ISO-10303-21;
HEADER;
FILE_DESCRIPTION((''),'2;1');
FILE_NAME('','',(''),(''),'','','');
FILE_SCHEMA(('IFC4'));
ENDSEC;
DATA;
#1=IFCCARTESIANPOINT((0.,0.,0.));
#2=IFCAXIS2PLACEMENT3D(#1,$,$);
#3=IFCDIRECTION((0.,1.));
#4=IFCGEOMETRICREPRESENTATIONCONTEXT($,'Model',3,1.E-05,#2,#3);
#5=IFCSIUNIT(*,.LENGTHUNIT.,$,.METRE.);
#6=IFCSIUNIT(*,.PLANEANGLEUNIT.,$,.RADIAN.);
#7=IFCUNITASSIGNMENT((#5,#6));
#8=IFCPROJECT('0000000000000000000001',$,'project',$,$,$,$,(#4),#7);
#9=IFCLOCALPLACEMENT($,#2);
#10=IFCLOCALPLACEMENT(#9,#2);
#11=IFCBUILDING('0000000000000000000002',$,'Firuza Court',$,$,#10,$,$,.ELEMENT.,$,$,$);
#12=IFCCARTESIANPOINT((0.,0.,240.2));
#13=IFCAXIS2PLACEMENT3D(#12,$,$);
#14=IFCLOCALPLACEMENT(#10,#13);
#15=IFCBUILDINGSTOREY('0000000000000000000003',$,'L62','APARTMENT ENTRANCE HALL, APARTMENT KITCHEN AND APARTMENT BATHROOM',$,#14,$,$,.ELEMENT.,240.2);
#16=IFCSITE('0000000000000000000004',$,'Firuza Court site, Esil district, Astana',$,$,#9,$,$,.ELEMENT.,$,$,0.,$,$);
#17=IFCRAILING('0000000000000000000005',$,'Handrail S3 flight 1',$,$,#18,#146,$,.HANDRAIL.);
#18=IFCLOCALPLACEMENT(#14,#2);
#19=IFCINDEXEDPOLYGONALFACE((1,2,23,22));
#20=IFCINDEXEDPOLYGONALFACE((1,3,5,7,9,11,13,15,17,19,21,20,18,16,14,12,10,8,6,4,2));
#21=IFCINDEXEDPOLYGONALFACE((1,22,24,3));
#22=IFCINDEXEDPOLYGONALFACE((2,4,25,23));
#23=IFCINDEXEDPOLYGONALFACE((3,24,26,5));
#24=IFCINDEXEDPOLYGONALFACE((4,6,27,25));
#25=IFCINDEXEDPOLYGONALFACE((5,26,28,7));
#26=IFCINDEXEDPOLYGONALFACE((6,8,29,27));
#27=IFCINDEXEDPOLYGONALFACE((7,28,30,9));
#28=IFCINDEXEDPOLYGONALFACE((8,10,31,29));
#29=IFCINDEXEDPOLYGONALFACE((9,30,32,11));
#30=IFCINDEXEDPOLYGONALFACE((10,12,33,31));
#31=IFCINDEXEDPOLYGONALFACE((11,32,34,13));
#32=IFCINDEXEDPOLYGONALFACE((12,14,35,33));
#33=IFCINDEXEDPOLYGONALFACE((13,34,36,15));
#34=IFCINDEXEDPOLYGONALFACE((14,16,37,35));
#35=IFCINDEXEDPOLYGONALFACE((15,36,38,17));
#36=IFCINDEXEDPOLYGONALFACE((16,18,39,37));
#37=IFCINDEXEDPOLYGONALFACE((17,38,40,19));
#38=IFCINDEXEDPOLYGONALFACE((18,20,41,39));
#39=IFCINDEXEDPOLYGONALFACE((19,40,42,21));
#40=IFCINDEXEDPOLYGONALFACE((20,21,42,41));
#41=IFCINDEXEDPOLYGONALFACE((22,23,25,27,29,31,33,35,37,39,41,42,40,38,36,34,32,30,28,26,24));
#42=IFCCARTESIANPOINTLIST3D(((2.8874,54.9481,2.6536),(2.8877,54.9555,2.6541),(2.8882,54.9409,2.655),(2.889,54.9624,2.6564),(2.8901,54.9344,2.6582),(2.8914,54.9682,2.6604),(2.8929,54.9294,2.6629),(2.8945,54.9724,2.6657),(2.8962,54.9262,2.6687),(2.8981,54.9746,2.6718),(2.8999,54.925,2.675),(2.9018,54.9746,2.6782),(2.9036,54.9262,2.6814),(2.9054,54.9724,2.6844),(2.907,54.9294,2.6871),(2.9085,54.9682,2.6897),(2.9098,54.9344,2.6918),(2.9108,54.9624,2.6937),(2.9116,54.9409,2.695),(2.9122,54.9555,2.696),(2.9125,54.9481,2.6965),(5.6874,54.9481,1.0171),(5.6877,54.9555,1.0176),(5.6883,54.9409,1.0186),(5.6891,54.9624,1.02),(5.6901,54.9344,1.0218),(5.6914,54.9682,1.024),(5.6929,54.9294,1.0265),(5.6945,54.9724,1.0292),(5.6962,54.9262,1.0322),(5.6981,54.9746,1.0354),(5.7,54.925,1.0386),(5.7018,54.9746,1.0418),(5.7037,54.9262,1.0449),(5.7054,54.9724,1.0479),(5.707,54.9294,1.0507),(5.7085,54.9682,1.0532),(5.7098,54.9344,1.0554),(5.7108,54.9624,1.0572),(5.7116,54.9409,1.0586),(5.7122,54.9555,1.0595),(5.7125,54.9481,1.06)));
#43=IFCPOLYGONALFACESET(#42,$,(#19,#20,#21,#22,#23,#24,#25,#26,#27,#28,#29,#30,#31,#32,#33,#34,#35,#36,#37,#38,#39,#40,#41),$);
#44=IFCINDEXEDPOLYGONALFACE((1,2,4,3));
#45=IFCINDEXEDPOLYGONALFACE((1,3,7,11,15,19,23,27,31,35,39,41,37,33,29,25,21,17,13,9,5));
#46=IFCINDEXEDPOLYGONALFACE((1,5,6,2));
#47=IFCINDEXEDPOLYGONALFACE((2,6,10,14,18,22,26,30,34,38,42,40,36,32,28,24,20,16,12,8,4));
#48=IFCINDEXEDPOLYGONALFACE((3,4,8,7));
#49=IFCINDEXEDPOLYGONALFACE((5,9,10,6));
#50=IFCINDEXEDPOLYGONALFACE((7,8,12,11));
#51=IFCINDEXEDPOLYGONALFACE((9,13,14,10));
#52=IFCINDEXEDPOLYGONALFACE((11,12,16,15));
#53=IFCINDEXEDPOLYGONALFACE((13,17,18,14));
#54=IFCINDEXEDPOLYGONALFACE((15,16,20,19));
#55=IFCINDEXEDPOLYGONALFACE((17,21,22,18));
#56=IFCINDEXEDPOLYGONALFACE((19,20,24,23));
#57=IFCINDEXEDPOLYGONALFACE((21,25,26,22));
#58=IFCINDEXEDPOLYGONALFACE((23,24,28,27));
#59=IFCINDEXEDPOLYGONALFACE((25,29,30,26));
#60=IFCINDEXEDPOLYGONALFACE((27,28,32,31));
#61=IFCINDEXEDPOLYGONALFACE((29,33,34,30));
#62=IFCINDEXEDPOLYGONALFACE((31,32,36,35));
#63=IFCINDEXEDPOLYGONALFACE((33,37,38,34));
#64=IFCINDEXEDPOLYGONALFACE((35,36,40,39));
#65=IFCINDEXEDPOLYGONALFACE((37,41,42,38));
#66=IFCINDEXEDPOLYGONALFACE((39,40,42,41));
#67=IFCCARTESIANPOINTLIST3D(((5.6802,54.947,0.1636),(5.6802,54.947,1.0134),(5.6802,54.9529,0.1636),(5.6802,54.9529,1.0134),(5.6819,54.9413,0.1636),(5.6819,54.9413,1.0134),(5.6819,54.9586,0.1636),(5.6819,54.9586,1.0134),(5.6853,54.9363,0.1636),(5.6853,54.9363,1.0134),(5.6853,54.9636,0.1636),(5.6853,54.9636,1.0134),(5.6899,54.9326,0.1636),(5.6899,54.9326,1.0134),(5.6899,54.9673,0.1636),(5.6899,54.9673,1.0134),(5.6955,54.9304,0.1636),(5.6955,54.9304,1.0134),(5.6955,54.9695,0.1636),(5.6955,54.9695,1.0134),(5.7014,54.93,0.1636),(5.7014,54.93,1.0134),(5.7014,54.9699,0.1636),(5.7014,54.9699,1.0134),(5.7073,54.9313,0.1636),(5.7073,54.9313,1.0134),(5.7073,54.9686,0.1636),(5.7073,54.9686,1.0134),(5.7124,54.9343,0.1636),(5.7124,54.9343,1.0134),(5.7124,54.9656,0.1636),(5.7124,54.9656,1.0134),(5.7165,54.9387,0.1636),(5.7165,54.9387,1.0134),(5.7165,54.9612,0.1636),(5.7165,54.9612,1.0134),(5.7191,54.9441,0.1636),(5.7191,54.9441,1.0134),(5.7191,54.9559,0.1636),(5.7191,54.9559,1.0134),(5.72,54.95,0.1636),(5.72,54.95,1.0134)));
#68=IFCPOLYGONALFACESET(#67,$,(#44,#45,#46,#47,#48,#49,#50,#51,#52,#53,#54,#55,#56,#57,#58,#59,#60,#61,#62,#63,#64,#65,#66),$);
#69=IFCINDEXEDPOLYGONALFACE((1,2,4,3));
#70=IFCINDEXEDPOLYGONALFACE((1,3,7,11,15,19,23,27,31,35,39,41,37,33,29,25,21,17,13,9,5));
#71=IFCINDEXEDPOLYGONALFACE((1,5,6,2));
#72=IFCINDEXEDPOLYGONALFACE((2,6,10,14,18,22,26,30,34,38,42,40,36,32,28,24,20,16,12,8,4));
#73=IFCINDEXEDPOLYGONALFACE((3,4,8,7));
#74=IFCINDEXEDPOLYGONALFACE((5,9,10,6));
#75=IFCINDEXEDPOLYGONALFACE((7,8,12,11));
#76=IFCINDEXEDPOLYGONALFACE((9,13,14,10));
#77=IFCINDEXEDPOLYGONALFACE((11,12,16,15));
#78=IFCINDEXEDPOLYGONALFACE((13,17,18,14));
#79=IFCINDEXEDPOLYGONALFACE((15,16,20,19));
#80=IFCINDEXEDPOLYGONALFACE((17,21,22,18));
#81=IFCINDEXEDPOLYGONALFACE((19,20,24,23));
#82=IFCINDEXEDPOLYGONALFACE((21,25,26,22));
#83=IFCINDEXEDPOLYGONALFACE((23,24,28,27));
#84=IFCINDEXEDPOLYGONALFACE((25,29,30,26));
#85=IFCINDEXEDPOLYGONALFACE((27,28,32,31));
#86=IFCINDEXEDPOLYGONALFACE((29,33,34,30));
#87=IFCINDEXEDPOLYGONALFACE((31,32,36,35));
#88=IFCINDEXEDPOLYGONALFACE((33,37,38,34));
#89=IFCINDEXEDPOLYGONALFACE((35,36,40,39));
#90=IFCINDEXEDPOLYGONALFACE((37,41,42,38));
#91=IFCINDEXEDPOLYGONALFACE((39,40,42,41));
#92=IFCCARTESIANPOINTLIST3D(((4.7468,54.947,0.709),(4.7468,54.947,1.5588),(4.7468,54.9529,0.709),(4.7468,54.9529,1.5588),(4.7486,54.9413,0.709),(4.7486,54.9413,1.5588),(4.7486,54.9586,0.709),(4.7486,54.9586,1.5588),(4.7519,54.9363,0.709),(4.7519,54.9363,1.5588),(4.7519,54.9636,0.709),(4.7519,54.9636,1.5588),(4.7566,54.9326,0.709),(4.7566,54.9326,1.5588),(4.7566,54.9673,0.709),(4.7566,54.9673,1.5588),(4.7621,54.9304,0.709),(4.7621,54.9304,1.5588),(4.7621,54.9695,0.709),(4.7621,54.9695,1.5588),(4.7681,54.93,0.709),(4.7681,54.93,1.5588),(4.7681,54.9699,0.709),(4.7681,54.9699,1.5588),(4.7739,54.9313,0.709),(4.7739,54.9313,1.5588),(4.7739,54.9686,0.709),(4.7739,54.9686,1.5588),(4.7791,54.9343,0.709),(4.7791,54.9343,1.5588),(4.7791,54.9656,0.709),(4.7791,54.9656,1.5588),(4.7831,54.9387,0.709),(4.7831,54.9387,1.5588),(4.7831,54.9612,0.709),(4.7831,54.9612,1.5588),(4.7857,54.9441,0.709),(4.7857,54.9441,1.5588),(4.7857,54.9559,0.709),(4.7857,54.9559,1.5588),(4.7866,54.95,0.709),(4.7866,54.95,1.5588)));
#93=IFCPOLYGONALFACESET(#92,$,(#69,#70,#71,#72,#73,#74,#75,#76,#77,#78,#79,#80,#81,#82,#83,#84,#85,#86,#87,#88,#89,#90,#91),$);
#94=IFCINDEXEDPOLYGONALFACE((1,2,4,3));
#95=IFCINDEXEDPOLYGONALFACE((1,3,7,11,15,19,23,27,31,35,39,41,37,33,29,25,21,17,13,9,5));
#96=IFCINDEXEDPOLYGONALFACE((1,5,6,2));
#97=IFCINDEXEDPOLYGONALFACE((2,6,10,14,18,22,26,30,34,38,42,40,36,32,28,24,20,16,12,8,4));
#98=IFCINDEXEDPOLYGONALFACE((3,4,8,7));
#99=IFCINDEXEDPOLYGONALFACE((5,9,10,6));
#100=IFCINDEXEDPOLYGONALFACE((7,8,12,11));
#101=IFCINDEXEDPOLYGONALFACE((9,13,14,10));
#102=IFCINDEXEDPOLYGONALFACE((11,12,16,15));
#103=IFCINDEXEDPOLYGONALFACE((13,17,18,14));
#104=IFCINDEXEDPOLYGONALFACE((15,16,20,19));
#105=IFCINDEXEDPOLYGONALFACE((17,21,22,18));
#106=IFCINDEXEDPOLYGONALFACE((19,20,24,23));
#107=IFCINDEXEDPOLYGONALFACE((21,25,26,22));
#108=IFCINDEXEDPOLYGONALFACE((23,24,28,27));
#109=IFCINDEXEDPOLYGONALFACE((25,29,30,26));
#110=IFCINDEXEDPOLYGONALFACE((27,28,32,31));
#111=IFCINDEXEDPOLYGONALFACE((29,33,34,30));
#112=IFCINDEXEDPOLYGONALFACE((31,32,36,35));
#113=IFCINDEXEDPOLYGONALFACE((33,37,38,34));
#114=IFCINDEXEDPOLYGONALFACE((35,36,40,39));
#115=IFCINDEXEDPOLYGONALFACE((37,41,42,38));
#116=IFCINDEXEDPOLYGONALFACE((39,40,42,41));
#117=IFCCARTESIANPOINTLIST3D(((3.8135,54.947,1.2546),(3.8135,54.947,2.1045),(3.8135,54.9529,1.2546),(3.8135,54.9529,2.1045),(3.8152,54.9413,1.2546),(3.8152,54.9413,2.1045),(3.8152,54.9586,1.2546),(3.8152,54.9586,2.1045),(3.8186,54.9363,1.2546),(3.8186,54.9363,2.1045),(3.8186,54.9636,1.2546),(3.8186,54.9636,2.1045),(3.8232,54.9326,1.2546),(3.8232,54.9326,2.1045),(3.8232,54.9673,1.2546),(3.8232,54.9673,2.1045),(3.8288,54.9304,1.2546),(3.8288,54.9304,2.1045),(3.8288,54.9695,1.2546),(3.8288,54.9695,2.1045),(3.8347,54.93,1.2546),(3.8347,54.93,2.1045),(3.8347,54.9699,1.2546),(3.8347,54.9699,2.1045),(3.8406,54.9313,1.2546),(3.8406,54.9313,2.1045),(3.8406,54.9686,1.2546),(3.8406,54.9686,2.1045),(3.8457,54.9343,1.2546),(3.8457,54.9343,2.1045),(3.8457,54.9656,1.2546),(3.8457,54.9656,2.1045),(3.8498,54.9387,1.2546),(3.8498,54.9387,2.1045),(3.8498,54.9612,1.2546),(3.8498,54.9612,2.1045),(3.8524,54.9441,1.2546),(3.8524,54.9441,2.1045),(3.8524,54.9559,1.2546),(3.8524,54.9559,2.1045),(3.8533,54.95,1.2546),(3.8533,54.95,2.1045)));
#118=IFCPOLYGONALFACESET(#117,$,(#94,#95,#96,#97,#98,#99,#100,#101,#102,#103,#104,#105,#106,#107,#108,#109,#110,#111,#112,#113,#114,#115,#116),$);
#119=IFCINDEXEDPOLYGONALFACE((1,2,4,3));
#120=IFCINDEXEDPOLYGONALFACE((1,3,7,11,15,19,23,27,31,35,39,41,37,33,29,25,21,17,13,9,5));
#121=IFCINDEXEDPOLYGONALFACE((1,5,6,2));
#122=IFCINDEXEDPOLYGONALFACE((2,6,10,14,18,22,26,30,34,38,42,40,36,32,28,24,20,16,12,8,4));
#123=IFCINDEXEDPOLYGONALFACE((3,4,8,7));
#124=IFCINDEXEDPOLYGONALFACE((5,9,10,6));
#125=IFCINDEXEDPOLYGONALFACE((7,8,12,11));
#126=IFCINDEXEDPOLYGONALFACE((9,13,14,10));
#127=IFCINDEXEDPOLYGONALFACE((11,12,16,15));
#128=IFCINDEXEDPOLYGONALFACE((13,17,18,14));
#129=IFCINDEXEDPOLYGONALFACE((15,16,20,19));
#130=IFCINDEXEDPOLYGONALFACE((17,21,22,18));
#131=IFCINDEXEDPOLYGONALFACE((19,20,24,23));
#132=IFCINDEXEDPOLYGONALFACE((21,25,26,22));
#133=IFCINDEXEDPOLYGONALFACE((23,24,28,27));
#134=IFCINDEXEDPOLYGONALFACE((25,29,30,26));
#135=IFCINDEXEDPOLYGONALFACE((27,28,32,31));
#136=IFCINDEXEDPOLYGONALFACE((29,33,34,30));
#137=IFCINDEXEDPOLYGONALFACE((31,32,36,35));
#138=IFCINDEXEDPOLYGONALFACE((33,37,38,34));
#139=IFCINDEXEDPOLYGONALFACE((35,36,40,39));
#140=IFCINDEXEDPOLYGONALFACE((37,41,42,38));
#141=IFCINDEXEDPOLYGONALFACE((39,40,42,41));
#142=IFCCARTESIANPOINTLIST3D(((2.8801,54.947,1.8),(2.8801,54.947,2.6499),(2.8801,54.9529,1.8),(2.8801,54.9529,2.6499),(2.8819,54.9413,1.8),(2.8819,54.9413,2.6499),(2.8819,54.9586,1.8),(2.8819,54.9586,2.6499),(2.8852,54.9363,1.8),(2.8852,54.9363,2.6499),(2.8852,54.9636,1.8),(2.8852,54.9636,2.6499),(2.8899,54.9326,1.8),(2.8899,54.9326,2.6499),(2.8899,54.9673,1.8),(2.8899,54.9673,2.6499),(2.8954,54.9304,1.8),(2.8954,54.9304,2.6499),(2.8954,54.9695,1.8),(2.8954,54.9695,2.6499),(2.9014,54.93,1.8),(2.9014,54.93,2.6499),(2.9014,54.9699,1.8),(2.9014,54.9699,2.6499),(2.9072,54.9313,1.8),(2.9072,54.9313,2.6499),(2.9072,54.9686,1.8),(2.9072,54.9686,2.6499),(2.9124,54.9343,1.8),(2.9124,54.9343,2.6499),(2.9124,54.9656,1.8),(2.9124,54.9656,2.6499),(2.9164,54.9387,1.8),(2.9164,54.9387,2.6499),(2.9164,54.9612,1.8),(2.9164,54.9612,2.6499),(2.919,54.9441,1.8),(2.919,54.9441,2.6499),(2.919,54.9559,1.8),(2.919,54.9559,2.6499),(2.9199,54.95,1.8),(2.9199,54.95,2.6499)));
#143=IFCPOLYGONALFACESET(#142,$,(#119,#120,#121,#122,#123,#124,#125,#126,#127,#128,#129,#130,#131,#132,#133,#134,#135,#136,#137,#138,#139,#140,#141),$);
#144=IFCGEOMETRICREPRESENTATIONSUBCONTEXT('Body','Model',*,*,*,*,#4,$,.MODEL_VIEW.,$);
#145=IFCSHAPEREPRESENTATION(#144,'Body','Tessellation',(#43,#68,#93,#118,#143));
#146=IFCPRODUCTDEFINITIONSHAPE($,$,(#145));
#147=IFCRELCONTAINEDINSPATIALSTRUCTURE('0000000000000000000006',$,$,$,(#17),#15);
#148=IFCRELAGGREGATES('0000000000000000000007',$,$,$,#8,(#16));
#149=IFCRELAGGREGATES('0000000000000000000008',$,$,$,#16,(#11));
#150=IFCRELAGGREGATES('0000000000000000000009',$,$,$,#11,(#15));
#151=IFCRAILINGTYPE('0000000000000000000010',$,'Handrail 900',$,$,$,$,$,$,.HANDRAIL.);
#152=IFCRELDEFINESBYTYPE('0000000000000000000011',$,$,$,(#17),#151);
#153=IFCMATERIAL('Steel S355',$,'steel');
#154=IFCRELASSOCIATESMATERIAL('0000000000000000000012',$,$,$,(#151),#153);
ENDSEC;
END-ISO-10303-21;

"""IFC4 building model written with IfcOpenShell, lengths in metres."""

from ifc_helpers import new_model, si_unit, direction, frame, origin, origin_2d, place, context, subcontext, project, spatial, circle, extrude, material, type_object, element, save


model = new_model("IFC4")

# Units and contexts
model_context = context("Model", 3, precision=1e-05, world=origin(), true_north=direction((0.0, 1.0)))
body_context = subcontext(model_context, "Body", "Model", "MODEL_VIEW")
ifc_project = project(units=[si_unit("LENGTHUNIT", "METRE"), si_unit("PLANEANGLEUNIT", "RADIAN")], contexts=[model_context])

# Site, building, storey
site_placement = place(None, origin())
site = spatial("IfcSite", under=ifc_project, at=site_placement, Name="Firuza Court site, Esil district, Astana", CompositionType="ELEMENT", RefElevation=0.0)
building_placement = place(site_placement, origin())
building = spatial("IfcBuilding", under=site, at=building_placement, Name="Firuza Court", CompositionType="ELEMENT")
storey_placement = place(building_placement, frame((0.0, 0.0, 240.2)))
storey = spatial("IfcBuildingStorey", under=building, at=storey_placement, Name="L62", Description="APARTMENT ENTRANCE HALL, APARTMENT KITCHEN AND APARTMENT BATHROOM", CompositionType="ELEMENT", Elevation=240.2)

# Railing
ifc_material_1 = material(Name="Steel S355", Category="steel")
railing_type_1 = type_object("IfcRailingType", Name="Handrail 900", PredefinedType="HANDRAIL", material=ifc_material_1)
railing_1_placement = place(storey_placement, frame((5.7, 54.95, 0.1636)))
element("IfcRailing", 1, at=railing_1_placement, inside=storey, type_object=railing_type_1, Name="Handrail S3 flight 1", PredefinedType="HANDRAIL", context=body_context, shape_type="SweptSolid", body=[
    extrude(circle(Radius=0.0249, at=origin_2d()), frame((0.0, 0.0, 0.875), z_axis=(-0.863361, 0.0, 0.504587), x_axis=(0.0, -1.0, 0.0)), (0.0, 0.0, 1.0), 3.2432),
    extrude(circle(Radius=0.02, at=origin_2d()), origin(), (0.0, 0.0, 1.0), 0.8499),
    extrude(circle(Radius=0.02, at=origin_2d()), frame((-0.9333, 0.0, 0.5454)), (0.0, 0.0, 1.0), 0.8499),
    extrude(circle(Radius=0.02, at=origin_2d()), frame((-1.8667, 0.0, 1.0911)), (0.0, 0.0, 1.0), 0.8499),
    extrude(circle(Radius=0.02, at=origin_2d()), frame((-2.8, 0.0, 1.6365)), (0.0, 0.0, 1.0), 0.8499),
])

save(model, "model.ifc")
